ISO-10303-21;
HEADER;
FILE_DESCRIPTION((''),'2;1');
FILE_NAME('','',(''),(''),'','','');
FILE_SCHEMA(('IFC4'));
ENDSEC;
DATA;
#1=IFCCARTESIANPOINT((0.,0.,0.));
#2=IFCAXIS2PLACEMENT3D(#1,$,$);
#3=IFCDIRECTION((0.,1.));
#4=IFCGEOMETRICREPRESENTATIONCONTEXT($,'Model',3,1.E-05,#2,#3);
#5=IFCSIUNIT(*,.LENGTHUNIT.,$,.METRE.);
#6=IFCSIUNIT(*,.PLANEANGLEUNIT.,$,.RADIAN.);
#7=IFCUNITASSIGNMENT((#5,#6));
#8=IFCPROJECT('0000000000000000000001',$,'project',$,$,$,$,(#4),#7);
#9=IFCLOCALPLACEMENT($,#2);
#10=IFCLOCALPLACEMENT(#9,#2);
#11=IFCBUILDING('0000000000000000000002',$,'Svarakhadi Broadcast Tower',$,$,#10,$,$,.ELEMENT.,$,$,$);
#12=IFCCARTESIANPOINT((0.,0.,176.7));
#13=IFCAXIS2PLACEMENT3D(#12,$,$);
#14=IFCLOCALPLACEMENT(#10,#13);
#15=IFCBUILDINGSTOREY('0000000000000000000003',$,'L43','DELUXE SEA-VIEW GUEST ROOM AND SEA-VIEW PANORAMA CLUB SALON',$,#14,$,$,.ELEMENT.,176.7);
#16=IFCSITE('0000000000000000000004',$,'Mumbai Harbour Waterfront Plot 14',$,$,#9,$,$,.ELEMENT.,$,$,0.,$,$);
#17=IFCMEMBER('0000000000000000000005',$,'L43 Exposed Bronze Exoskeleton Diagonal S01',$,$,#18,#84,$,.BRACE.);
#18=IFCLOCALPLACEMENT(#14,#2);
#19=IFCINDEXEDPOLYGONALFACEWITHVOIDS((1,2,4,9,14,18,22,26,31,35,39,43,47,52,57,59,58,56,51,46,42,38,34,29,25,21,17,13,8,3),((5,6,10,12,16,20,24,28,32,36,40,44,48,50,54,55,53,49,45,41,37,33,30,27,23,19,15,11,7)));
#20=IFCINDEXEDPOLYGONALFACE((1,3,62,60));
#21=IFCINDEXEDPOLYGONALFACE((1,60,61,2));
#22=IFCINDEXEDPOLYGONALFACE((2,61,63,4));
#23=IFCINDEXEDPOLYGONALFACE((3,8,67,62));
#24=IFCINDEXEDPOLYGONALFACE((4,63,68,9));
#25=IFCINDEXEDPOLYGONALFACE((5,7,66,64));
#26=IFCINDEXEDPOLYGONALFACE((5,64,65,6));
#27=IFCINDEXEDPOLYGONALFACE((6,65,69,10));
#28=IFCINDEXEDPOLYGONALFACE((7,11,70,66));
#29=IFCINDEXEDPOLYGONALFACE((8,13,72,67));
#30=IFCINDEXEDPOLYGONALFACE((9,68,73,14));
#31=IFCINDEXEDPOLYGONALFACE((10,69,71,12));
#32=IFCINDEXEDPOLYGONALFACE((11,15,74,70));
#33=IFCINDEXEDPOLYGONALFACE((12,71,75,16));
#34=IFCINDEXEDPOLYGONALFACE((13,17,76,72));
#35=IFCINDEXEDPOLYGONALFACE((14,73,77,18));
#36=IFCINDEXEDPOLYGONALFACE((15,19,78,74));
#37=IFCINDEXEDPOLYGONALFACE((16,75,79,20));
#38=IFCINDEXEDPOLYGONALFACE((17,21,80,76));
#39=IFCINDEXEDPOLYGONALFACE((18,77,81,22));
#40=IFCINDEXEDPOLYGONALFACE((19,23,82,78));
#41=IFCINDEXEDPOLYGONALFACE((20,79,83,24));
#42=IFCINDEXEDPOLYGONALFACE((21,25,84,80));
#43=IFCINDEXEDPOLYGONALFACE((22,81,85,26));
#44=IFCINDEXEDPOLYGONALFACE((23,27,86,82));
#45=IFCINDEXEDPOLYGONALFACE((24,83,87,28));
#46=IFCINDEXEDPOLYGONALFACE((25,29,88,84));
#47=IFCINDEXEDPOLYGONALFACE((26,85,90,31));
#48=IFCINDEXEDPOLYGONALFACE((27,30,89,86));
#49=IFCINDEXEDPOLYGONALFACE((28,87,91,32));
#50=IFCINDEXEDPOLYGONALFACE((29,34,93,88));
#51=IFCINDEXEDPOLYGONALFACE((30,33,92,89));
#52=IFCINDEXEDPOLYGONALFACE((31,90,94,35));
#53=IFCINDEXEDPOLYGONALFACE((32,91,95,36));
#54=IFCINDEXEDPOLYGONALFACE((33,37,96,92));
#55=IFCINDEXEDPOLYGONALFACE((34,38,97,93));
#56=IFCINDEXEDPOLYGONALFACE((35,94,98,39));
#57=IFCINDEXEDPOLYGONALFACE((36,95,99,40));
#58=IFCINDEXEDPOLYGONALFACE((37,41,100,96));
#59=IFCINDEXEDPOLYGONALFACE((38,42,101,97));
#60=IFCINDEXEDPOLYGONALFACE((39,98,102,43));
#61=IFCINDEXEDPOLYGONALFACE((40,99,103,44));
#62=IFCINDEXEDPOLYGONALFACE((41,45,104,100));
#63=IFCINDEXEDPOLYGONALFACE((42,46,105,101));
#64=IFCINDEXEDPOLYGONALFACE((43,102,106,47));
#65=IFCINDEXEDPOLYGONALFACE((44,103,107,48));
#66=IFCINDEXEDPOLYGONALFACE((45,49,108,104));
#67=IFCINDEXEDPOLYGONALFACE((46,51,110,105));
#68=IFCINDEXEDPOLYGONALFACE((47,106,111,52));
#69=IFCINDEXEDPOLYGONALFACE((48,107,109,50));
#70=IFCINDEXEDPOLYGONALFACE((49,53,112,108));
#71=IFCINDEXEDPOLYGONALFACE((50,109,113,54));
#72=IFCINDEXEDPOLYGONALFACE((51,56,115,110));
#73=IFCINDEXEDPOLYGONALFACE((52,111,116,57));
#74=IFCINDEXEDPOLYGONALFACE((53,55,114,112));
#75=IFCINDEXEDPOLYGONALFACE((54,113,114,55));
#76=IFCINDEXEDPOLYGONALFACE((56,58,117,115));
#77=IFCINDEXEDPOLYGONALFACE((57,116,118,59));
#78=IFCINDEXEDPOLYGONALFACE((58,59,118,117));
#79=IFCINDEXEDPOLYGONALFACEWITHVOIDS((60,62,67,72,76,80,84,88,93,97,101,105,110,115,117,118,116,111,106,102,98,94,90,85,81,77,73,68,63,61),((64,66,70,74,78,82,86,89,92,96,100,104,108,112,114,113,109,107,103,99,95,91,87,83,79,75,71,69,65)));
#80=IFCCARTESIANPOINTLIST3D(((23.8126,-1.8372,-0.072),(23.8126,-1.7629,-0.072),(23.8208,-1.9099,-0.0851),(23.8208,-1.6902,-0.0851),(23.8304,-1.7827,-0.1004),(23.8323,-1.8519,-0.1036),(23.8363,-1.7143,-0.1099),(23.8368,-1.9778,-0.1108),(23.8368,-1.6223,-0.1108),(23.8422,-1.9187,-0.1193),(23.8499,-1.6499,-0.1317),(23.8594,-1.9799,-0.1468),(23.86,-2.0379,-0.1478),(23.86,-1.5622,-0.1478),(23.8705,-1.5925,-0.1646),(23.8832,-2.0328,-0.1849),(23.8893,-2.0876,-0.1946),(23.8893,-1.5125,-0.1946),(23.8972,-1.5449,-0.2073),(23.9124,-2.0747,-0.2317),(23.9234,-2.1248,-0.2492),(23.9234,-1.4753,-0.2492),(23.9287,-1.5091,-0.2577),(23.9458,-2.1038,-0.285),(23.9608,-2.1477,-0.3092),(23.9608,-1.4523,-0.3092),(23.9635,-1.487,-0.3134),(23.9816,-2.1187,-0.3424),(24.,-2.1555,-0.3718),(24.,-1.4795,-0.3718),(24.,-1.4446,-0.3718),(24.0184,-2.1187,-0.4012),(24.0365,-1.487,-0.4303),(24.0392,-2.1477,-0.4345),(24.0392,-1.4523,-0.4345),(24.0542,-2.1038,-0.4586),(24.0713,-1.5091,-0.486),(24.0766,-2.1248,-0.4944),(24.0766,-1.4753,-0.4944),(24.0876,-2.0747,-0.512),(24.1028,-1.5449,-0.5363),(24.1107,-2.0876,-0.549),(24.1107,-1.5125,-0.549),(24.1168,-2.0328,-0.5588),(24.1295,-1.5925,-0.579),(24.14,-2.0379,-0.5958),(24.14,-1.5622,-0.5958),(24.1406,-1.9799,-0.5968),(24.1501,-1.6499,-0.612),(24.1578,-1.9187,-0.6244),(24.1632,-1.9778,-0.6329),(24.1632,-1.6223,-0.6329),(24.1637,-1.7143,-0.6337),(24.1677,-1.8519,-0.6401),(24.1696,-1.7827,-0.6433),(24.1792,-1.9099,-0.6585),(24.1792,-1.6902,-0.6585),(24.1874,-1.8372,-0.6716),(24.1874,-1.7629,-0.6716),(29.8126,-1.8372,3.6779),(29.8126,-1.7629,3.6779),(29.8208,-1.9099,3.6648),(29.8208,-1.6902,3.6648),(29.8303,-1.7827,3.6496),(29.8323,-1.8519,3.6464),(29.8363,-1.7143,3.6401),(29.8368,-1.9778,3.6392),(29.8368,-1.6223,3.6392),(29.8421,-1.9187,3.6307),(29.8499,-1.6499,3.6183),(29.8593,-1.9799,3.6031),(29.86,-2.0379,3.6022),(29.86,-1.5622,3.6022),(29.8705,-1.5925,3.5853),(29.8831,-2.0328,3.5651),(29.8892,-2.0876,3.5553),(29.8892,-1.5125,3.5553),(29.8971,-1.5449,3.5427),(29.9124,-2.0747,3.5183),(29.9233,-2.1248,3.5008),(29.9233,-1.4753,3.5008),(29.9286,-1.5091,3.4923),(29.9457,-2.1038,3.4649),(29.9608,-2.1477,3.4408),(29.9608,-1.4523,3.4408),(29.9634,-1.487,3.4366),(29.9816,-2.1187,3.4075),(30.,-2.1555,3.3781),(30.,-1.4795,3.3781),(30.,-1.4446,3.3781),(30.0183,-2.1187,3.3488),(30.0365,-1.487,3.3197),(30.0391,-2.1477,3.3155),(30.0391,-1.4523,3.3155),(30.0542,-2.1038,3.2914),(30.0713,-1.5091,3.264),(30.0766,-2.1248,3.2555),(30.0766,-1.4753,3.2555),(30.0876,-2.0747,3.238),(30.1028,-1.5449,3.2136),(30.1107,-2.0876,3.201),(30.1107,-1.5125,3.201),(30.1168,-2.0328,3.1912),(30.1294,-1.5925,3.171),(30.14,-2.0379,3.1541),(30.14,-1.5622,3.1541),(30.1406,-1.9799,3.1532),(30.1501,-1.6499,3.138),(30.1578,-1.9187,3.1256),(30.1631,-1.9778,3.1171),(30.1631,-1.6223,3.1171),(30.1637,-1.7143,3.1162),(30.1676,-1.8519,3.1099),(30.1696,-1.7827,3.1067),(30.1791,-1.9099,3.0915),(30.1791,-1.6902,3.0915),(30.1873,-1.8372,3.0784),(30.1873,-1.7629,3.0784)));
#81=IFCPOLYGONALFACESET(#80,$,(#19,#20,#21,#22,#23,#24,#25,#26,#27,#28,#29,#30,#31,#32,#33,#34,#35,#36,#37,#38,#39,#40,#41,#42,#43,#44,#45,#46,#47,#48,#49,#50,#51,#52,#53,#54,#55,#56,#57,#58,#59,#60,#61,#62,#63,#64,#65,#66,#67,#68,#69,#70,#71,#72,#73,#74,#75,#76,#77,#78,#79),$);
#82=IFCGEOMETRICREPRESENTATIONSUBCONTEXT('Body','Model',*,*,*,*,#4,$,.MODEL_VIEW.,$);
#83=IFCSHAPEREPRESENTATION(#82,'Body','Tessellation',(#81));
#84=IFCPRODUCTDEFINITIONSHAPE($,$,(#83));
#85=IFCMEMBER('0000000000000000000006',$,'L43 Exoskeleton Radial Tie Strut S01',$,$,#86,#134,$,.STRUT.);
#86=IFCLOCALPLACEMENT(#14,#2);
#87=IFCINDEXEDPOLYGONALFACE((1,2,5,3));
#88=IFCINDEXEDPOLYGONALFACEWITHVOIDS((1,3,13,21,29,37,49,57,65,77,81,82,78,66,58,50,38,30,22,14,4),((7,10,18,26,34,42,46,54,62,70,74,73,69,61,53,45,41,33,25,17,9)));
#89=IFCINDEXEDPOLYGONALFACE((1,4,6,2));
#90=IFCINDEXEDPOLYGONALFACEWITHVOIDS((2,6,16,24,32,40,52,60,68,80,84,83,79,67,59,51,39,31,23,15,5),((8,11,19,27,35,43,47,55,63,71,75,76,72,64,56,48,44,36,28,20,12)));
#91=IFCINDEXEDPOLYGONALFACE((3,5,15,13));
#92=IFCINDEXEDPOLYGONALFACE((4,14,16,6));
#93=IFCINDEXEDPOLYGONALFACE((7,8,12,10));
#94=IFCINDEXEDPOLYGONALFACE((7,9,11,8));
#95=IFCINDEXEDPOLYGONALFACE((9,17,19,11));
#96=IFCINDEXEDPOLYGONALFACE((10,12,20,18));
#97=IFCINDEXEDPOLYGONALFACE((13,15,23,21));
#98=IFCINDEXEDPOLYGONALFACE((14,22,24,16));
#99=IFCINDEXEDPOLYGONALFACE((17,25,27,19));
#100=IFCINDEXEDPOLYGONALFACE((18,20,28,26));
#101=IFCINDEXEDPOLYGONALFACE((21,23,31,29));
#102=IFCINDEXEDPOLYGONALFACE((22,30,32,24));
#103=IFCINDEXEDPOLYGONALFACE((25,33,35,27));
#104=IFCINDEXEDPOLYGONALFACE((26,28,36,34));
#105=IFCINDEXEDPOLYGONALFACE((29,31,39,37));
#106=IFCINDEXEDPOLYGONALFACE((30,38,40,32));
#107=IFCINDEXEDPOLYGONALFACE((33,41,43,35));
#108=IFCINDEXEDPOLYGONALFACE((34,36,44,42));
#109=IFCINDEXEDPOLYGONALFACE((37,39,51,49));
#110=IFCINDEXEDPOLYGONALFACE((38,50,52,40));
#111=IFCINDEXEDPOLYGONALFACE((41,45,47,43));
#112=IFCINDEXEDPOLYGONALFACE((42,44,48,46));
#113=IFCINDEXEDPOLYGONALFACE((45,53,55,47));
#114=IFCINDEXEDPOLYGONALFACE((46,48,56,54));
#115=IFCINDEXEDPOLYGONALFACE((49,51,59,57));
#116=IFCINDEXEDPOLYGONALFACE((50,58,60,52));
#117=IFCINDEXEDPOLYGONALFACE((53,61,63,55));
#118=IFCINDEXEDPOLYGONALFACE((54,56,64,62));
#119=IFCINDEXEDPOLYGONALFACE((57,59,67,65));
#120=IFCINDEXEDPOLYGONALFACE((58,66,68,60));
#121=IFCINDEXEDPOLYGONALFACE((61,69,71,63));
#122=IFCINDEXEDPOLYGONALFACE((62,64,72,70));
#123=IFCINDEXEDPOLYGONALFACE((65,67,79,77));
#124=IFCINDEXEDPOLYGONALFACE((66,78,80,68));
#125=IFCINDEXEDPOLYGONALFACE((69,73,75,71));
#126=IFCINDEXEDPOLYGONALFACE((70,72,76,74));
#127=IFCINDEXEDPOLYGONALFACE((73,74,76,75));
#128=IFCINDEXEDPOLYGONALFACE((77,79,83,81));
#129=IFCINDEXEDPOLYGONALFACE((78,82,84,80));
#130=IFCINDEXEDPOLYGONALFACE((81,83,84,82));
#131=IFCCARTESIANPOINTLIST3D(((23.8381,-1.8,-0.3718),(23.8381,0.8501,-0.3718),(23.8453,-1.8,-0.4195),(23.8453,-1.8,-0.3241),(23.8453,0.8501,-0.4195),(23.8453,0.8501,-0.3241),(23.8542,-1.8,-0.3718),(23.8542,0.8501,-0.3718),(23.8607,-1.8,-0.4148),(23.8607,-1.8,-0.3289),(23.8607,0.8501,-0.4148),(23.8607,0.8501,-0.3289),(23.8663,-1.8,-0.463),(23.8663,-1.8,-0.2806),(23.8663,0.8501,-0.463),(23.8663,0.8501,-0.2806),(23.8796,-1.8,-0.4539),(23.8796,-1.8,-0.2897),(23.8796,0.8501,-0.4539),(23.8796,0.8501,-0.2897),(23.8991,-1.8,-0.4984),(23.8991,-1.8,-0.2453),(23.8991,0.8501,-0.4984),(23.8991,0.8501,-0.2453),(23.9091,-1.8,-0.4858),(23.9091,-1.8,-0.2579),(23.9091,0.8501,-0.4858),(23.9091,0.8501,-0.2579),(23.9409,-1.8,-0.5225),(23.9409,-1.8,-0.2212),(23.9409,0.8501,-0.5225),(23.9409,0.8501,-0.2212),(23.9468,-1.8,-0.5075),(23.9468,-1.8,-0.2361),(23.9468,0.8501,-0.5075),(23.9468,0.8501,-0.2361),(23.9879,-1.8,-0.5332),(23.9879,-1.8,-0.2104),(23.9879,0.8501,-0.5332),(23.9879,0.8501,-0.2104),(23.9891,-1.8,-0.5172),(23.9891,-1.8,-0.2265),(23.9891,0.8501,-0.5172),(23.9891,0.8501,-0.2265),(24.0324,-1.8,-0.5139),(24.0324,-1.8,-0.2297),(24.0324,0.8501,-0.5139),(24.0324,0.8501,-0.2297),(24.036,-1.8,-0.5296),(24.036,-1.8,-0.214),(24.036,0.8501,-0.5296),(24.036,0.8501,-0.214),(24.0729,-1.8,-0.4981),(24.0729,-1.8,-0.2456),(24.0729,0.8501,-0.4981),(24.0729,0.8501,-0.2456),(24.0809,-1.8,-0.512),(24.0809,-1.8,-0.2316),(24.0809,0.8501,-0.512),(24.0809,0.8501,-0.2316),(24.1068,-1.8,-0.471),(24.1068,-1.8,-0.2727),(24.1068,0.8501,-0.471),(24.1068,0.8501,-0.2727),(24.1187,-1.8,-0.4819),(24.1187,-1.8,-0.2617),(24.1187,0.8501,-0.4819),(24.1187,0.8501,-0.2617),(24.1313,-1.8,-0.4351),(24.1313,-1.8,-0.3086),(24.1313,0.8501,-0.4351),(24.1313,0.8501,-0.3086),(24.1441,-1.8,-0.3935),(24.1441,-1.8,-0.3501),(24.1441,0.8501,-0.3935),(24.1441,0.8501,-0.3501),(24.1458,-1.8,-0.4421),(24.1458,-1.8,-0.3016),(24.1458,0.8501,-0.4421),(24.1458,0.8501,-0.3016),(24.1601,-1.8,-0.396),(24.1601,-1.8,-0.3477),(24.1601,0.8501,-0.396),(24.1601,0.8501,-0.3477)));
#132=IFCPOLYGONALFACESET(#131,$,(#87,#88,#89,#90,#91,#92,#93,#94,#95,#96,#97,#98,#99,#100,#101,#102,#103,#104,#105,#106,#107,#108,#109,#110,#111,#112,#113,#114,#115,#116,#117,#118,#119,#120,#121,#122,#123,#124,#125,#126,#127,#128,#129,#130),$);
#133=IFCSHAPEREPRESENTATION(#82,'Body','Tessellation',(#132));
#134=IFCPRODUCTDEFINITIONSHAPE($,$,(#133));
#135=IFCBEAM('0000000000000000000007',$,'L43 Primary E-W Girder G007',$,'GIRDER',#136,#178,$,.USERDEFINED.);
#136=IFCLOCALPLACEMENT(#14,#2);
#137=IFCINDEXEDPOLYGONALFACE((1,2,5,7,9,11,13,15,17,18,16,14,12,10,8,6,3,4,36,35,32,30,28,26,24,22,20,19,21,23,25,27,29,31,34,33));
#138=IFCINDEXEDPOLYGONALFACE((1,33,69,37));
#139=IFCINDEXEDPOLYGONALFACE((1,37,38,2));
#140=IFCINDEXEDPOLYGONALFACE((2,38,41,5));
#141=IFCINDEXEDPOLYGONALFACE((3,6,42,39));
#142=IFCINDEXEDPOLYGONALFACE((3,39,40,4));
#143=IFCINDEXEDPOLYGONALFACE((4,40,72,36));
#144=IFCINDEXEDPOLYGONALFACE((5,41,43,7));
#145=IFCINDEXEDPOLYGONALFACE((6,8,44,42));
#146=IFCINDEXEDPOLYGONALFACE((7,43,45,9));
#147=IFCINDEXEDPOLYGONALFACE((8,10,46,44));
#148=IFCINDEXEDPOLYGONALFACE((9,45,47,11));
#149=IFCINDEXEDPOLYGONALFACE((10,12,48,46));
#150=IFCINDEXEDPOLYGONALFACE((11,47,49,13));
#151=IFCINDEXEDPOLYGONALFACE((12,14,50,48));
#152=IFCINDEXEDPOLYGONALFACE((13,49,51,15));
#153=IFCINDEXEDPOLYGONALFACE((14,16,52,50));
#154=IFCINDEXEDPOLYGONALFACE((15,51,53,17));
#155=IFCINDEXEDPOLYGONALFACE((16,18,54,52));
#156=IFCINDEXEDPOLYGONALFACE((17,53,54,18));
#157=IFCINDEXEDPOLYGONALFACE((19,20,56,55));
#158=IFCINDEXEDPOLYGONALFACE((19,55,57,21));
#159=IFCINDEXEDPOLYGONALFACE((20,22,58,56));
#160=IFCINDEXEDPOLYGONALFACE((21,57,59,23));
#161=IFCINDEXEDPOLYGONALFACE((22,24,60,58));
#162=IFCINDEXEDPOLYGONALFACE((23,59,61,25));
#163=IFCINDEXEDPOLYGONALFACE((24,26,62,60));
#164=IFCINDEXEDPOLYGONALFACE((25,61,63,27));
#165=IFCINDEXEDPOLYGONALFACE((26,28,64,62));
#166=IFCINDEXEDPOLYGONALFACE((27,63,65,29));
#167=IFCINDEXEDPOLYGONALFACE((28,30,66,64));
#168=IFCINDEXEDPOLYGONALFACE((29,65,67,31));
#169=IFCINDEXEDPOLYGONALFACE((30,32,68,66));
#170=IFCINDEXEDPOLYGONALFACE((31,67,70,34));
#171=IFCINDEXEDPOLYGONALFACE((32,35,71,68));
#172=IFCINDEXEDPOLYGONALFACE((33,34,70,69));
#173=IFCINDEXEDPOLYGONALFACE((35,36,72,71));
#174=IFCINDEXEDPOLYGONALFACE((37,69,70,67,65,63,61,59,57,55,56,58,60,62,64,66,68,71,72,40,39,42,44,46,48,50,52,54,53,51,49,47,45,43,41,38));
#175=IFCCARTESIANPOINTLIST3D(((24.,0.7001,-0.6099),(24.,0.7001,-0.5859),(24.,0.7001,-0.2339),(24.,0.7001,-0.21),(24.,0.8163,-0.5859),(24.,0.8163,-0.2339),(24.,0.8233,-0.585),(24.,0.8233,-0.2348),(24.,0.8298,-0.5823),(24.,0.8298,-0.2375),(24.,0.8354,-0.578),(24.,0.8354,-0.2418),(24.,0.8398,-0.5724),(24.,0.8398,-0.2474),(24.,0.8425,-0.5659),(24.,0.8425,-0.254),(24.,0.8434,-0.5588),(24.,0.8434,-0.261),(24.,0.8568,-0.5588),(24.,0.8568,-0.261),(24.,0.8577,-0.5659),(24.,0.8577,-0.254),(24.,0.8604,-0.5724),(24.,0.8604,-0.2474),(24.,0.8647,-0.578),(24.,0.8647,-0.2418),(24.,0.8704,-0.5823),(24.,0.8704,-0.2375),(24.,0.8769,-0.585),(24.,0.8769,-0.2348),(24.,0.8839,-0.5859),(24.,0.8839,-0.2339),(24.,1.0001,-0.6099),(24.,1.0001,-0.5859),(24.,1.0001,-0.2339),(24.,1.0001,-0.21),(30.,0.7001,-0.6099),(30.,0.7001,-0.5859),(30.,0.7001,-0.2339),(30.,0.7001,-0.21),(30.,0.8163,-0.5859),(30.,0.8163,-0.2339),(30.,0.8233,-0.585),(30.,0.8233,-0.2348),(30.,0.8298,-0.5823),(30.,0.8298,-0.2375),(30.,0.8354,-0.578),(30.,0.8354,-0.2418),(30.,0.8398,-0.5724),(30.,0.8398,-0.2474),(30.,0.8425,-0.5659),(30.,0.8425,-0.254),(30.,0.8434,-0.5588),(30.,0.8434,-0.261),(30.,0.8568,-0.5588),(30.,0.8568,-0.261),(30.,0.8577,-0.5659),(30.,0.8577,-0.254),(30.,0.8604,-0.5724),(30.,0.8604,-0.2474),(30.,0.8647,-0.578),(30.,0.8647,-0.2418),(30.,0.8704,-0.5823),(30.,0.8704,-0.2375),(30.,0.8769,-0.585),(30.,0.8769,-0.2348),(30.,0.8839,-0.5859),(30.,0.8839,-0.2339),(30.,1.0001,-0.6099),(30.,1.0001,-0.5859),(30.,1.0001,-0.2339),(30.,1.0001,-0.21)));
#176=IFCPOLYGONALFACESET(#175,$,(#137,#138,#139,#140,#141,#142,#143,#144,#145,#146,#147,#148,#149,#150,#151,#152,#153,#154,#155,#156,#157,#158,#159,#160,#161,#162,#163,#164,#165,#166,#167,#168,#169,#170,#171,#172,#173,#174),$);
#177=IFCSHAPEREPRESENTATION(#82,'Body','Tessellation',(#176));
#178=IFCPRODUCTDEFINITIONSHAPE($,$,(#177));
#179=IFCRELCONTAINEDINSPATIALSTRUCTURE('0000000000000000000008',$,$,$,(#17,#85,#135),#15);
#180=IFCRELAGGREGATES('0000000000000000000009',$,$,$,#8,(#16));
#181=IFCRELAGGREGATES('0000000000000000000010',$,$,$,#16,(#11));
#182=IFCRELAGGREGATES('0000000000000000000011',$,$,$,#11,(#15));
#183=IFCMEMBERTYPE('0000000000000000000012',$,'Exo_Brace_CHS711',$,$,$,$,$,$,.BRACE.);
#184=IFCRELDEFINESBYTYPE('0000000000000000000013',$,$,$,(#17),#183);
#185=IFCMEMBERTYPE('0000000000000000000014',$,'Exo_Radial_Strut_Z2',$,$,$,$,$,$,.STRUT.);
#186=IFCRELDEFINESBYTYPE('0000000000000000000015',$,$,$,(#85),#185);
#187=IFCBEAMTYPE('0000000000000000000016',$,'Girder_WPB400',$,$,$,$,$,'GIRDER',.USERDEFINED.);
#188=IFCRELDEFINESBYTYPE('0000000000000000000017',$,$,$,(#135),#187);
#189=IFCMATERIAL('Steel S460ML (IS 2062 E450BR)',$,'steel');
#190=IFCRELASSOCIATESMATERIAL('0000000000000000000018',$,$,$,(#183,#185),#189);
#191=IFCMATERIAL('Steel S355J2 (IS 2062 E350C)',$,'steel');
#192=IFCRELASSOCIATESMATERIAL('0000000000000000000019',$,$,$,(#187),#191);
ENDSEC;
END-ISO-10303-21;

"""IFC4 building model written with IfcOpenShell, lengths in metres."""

from ifc_helpers import new_model, si_unit, direction, frame, origin, origin_2d, place, context, subcontext, project, spatial, hollow_circle, i_section, extrude, material, material_profile, profile_set, type_object, element, save


model = new_model("IFC4")

# Units and contexts
model_context = context("Model", 3, precision=1e-05, world=origin(), true_north=direction((0.0, 1.0)))
body_context = subcontext(model_context, "Body", "Model", "MODEL_VIEW")
ifc_project = project(units=[si_unit("LENGTHUNIT", "METRE"), si_unit("PLANEANGLEUNIT", "RADIAN")], contexts=[model_context])

# Site, building, storey
site_placement = place(None, origin())
site = spatial("IfcSite", under=ifc_project, at=site_placement, Name="Mumbai Harbour Waterfront Plot 14", CompositionType="ELEMENT", RefElevation=0.0)
building_placement = place(site_placement, origin())
building = spatial("IfcBuilding", under=site, at=building_placement, Name="Svarakhadi Broadcast Tower", CompositionType="ELEMENT")
storey_placement = place(building_placement, frame((0.0, 0.0, 176.7)))
storey = spatial("IfcBuildingStorey", under=building, at=storey_placement, Name="L43", Description="DELUXE SEA-VIEW GUEST ROOM AND SEA-VIEW PANORAMA CLUB SALON", CompositionType="ELEMENT", Elevation=176.7)

# Members
ifc_material_1 = material(Name="Steel S460ML (IS 2062 E450BR)", Category="steel")
ifc_material_profile_1 = material_profile(ifc_material_1, hollow_circle(Radius=0.3555, WallThickness=0.0349, at=origin_2d()), Name="CHS 711x35")
ifc_profile_set_1 = profile_set([ifc_material_profile_1], Name="Steel S460ML (IS 2062 E450BR)")
member_type_1 = type_object("IfcMemberType", Name="Exo_Brace_CHS711", PredefinedType="BRACE", material=ifc_profile_set_1)
member_1_placement = place(storey_placement, frame((24.0, -1.8, -0.3718), z_axis=(0.847998, 0.0, 0.529999), x_axis=(0.0, 1.0, 0.0)))
element("IfcMember", 1, at=member_1_placement, inside=storey, type_object=member_type_1, Name="L43 Exposed Bronze Exoskeleton Diagonal S01", PredefinedType="BRACE", context=body_context, shape_type="SweptSolid", body=[
    extrude(hollow_circle(Radius=0.3555, WallThickness=0.0349, at=origin_2d()), origin(), (0.0, 0.0, 1.0), 7.0754),
])
ifc_material_profile_2 = material_profile(ifc_material_1, hollow_circle(Radius=0.1619, WallThickness=0.0161, at=origin_2d()), Name="CHS 323.9x16")
ifc_profile_set_2 = profile_set([ifc_material_profile_2], Name="Steel S460ML (IS 2062 E450BR)")
member_type_2 = type_object("IfcMemberType", Name="Exo_Radial_Strut_Z2", PredefinedType="STRUT", material=ifc_profile_set_2)
member_2_placement = place(storey_placement, frame((24.0, -1.8, -0.3718), z_axis=(0.0, 1.0, 0.0), x_axis=(-1.0, 0.0, 0.0)))
element("IfcMember", 2, at=member_2_placement, inside=storey, type_object=member_type_2, Name="L43 Exoskeleton Radial Tie Strut S01", PredefinedType="STRUT", context=body_context, shape_type="SweptSolid", body=[
    extrude(hollow_circle(Radius=0.1619, WallThickness=0.0161, at=origin_2d()), origin(), (0.0, 0.0, 1.0), 2.6501),
])

# Beam
ifc_material_2 = material(Name="Steel S355J2 (IS 2062 E350C)", Category="steel")
ifc_material_profile_3 = material_profile(ifc_material_2, i_section(OverallWidth=0.3, OverallDepth=0.3999, WebThickness=0.0134, FlangeThickness=0.0239, FilletRadius=0.0271, at=origin_2d()), Name="WPB 400x300x155")
ifc_profile_set_3 = profile_set([ifc_material_profile_3], Name="Steel S355J2 (IS 2062 E350C)")
beam_type_1 = type_object("IfcBeamType", Name="Girder_WPB400", ElementType="GIRDER", PredefinedType="USERDEFINED", material=ifc_profile_set_3)
beam_1_placement = place(storey_placement, frame((24.0, 0.8501, -0.4099), z_axis=(1.0, 0.0, 0.0), x_axis=(0.0, 1.0, 0.0)))
element("IfcBeam", 3, at=beam_1_placement, inside=storey, type_object=beam_type_1, Name="L43 Primary E-W Girder G007", ObjectType="GIRDER", PredefinedType="USERDEFINED", context=body_context, shape_type="SweptSolid", body=[
    extrude(i_section(OverallWidth=0.3, OverallDepth=0.3999, WebThickness=0.0134, FlangeThickness=0.0239, FilletRadius=0.0271, at=origin_2d()), origin(), (0.0, 0.0, 1.0), 6.0),
])

save(model, "model.ifc")
